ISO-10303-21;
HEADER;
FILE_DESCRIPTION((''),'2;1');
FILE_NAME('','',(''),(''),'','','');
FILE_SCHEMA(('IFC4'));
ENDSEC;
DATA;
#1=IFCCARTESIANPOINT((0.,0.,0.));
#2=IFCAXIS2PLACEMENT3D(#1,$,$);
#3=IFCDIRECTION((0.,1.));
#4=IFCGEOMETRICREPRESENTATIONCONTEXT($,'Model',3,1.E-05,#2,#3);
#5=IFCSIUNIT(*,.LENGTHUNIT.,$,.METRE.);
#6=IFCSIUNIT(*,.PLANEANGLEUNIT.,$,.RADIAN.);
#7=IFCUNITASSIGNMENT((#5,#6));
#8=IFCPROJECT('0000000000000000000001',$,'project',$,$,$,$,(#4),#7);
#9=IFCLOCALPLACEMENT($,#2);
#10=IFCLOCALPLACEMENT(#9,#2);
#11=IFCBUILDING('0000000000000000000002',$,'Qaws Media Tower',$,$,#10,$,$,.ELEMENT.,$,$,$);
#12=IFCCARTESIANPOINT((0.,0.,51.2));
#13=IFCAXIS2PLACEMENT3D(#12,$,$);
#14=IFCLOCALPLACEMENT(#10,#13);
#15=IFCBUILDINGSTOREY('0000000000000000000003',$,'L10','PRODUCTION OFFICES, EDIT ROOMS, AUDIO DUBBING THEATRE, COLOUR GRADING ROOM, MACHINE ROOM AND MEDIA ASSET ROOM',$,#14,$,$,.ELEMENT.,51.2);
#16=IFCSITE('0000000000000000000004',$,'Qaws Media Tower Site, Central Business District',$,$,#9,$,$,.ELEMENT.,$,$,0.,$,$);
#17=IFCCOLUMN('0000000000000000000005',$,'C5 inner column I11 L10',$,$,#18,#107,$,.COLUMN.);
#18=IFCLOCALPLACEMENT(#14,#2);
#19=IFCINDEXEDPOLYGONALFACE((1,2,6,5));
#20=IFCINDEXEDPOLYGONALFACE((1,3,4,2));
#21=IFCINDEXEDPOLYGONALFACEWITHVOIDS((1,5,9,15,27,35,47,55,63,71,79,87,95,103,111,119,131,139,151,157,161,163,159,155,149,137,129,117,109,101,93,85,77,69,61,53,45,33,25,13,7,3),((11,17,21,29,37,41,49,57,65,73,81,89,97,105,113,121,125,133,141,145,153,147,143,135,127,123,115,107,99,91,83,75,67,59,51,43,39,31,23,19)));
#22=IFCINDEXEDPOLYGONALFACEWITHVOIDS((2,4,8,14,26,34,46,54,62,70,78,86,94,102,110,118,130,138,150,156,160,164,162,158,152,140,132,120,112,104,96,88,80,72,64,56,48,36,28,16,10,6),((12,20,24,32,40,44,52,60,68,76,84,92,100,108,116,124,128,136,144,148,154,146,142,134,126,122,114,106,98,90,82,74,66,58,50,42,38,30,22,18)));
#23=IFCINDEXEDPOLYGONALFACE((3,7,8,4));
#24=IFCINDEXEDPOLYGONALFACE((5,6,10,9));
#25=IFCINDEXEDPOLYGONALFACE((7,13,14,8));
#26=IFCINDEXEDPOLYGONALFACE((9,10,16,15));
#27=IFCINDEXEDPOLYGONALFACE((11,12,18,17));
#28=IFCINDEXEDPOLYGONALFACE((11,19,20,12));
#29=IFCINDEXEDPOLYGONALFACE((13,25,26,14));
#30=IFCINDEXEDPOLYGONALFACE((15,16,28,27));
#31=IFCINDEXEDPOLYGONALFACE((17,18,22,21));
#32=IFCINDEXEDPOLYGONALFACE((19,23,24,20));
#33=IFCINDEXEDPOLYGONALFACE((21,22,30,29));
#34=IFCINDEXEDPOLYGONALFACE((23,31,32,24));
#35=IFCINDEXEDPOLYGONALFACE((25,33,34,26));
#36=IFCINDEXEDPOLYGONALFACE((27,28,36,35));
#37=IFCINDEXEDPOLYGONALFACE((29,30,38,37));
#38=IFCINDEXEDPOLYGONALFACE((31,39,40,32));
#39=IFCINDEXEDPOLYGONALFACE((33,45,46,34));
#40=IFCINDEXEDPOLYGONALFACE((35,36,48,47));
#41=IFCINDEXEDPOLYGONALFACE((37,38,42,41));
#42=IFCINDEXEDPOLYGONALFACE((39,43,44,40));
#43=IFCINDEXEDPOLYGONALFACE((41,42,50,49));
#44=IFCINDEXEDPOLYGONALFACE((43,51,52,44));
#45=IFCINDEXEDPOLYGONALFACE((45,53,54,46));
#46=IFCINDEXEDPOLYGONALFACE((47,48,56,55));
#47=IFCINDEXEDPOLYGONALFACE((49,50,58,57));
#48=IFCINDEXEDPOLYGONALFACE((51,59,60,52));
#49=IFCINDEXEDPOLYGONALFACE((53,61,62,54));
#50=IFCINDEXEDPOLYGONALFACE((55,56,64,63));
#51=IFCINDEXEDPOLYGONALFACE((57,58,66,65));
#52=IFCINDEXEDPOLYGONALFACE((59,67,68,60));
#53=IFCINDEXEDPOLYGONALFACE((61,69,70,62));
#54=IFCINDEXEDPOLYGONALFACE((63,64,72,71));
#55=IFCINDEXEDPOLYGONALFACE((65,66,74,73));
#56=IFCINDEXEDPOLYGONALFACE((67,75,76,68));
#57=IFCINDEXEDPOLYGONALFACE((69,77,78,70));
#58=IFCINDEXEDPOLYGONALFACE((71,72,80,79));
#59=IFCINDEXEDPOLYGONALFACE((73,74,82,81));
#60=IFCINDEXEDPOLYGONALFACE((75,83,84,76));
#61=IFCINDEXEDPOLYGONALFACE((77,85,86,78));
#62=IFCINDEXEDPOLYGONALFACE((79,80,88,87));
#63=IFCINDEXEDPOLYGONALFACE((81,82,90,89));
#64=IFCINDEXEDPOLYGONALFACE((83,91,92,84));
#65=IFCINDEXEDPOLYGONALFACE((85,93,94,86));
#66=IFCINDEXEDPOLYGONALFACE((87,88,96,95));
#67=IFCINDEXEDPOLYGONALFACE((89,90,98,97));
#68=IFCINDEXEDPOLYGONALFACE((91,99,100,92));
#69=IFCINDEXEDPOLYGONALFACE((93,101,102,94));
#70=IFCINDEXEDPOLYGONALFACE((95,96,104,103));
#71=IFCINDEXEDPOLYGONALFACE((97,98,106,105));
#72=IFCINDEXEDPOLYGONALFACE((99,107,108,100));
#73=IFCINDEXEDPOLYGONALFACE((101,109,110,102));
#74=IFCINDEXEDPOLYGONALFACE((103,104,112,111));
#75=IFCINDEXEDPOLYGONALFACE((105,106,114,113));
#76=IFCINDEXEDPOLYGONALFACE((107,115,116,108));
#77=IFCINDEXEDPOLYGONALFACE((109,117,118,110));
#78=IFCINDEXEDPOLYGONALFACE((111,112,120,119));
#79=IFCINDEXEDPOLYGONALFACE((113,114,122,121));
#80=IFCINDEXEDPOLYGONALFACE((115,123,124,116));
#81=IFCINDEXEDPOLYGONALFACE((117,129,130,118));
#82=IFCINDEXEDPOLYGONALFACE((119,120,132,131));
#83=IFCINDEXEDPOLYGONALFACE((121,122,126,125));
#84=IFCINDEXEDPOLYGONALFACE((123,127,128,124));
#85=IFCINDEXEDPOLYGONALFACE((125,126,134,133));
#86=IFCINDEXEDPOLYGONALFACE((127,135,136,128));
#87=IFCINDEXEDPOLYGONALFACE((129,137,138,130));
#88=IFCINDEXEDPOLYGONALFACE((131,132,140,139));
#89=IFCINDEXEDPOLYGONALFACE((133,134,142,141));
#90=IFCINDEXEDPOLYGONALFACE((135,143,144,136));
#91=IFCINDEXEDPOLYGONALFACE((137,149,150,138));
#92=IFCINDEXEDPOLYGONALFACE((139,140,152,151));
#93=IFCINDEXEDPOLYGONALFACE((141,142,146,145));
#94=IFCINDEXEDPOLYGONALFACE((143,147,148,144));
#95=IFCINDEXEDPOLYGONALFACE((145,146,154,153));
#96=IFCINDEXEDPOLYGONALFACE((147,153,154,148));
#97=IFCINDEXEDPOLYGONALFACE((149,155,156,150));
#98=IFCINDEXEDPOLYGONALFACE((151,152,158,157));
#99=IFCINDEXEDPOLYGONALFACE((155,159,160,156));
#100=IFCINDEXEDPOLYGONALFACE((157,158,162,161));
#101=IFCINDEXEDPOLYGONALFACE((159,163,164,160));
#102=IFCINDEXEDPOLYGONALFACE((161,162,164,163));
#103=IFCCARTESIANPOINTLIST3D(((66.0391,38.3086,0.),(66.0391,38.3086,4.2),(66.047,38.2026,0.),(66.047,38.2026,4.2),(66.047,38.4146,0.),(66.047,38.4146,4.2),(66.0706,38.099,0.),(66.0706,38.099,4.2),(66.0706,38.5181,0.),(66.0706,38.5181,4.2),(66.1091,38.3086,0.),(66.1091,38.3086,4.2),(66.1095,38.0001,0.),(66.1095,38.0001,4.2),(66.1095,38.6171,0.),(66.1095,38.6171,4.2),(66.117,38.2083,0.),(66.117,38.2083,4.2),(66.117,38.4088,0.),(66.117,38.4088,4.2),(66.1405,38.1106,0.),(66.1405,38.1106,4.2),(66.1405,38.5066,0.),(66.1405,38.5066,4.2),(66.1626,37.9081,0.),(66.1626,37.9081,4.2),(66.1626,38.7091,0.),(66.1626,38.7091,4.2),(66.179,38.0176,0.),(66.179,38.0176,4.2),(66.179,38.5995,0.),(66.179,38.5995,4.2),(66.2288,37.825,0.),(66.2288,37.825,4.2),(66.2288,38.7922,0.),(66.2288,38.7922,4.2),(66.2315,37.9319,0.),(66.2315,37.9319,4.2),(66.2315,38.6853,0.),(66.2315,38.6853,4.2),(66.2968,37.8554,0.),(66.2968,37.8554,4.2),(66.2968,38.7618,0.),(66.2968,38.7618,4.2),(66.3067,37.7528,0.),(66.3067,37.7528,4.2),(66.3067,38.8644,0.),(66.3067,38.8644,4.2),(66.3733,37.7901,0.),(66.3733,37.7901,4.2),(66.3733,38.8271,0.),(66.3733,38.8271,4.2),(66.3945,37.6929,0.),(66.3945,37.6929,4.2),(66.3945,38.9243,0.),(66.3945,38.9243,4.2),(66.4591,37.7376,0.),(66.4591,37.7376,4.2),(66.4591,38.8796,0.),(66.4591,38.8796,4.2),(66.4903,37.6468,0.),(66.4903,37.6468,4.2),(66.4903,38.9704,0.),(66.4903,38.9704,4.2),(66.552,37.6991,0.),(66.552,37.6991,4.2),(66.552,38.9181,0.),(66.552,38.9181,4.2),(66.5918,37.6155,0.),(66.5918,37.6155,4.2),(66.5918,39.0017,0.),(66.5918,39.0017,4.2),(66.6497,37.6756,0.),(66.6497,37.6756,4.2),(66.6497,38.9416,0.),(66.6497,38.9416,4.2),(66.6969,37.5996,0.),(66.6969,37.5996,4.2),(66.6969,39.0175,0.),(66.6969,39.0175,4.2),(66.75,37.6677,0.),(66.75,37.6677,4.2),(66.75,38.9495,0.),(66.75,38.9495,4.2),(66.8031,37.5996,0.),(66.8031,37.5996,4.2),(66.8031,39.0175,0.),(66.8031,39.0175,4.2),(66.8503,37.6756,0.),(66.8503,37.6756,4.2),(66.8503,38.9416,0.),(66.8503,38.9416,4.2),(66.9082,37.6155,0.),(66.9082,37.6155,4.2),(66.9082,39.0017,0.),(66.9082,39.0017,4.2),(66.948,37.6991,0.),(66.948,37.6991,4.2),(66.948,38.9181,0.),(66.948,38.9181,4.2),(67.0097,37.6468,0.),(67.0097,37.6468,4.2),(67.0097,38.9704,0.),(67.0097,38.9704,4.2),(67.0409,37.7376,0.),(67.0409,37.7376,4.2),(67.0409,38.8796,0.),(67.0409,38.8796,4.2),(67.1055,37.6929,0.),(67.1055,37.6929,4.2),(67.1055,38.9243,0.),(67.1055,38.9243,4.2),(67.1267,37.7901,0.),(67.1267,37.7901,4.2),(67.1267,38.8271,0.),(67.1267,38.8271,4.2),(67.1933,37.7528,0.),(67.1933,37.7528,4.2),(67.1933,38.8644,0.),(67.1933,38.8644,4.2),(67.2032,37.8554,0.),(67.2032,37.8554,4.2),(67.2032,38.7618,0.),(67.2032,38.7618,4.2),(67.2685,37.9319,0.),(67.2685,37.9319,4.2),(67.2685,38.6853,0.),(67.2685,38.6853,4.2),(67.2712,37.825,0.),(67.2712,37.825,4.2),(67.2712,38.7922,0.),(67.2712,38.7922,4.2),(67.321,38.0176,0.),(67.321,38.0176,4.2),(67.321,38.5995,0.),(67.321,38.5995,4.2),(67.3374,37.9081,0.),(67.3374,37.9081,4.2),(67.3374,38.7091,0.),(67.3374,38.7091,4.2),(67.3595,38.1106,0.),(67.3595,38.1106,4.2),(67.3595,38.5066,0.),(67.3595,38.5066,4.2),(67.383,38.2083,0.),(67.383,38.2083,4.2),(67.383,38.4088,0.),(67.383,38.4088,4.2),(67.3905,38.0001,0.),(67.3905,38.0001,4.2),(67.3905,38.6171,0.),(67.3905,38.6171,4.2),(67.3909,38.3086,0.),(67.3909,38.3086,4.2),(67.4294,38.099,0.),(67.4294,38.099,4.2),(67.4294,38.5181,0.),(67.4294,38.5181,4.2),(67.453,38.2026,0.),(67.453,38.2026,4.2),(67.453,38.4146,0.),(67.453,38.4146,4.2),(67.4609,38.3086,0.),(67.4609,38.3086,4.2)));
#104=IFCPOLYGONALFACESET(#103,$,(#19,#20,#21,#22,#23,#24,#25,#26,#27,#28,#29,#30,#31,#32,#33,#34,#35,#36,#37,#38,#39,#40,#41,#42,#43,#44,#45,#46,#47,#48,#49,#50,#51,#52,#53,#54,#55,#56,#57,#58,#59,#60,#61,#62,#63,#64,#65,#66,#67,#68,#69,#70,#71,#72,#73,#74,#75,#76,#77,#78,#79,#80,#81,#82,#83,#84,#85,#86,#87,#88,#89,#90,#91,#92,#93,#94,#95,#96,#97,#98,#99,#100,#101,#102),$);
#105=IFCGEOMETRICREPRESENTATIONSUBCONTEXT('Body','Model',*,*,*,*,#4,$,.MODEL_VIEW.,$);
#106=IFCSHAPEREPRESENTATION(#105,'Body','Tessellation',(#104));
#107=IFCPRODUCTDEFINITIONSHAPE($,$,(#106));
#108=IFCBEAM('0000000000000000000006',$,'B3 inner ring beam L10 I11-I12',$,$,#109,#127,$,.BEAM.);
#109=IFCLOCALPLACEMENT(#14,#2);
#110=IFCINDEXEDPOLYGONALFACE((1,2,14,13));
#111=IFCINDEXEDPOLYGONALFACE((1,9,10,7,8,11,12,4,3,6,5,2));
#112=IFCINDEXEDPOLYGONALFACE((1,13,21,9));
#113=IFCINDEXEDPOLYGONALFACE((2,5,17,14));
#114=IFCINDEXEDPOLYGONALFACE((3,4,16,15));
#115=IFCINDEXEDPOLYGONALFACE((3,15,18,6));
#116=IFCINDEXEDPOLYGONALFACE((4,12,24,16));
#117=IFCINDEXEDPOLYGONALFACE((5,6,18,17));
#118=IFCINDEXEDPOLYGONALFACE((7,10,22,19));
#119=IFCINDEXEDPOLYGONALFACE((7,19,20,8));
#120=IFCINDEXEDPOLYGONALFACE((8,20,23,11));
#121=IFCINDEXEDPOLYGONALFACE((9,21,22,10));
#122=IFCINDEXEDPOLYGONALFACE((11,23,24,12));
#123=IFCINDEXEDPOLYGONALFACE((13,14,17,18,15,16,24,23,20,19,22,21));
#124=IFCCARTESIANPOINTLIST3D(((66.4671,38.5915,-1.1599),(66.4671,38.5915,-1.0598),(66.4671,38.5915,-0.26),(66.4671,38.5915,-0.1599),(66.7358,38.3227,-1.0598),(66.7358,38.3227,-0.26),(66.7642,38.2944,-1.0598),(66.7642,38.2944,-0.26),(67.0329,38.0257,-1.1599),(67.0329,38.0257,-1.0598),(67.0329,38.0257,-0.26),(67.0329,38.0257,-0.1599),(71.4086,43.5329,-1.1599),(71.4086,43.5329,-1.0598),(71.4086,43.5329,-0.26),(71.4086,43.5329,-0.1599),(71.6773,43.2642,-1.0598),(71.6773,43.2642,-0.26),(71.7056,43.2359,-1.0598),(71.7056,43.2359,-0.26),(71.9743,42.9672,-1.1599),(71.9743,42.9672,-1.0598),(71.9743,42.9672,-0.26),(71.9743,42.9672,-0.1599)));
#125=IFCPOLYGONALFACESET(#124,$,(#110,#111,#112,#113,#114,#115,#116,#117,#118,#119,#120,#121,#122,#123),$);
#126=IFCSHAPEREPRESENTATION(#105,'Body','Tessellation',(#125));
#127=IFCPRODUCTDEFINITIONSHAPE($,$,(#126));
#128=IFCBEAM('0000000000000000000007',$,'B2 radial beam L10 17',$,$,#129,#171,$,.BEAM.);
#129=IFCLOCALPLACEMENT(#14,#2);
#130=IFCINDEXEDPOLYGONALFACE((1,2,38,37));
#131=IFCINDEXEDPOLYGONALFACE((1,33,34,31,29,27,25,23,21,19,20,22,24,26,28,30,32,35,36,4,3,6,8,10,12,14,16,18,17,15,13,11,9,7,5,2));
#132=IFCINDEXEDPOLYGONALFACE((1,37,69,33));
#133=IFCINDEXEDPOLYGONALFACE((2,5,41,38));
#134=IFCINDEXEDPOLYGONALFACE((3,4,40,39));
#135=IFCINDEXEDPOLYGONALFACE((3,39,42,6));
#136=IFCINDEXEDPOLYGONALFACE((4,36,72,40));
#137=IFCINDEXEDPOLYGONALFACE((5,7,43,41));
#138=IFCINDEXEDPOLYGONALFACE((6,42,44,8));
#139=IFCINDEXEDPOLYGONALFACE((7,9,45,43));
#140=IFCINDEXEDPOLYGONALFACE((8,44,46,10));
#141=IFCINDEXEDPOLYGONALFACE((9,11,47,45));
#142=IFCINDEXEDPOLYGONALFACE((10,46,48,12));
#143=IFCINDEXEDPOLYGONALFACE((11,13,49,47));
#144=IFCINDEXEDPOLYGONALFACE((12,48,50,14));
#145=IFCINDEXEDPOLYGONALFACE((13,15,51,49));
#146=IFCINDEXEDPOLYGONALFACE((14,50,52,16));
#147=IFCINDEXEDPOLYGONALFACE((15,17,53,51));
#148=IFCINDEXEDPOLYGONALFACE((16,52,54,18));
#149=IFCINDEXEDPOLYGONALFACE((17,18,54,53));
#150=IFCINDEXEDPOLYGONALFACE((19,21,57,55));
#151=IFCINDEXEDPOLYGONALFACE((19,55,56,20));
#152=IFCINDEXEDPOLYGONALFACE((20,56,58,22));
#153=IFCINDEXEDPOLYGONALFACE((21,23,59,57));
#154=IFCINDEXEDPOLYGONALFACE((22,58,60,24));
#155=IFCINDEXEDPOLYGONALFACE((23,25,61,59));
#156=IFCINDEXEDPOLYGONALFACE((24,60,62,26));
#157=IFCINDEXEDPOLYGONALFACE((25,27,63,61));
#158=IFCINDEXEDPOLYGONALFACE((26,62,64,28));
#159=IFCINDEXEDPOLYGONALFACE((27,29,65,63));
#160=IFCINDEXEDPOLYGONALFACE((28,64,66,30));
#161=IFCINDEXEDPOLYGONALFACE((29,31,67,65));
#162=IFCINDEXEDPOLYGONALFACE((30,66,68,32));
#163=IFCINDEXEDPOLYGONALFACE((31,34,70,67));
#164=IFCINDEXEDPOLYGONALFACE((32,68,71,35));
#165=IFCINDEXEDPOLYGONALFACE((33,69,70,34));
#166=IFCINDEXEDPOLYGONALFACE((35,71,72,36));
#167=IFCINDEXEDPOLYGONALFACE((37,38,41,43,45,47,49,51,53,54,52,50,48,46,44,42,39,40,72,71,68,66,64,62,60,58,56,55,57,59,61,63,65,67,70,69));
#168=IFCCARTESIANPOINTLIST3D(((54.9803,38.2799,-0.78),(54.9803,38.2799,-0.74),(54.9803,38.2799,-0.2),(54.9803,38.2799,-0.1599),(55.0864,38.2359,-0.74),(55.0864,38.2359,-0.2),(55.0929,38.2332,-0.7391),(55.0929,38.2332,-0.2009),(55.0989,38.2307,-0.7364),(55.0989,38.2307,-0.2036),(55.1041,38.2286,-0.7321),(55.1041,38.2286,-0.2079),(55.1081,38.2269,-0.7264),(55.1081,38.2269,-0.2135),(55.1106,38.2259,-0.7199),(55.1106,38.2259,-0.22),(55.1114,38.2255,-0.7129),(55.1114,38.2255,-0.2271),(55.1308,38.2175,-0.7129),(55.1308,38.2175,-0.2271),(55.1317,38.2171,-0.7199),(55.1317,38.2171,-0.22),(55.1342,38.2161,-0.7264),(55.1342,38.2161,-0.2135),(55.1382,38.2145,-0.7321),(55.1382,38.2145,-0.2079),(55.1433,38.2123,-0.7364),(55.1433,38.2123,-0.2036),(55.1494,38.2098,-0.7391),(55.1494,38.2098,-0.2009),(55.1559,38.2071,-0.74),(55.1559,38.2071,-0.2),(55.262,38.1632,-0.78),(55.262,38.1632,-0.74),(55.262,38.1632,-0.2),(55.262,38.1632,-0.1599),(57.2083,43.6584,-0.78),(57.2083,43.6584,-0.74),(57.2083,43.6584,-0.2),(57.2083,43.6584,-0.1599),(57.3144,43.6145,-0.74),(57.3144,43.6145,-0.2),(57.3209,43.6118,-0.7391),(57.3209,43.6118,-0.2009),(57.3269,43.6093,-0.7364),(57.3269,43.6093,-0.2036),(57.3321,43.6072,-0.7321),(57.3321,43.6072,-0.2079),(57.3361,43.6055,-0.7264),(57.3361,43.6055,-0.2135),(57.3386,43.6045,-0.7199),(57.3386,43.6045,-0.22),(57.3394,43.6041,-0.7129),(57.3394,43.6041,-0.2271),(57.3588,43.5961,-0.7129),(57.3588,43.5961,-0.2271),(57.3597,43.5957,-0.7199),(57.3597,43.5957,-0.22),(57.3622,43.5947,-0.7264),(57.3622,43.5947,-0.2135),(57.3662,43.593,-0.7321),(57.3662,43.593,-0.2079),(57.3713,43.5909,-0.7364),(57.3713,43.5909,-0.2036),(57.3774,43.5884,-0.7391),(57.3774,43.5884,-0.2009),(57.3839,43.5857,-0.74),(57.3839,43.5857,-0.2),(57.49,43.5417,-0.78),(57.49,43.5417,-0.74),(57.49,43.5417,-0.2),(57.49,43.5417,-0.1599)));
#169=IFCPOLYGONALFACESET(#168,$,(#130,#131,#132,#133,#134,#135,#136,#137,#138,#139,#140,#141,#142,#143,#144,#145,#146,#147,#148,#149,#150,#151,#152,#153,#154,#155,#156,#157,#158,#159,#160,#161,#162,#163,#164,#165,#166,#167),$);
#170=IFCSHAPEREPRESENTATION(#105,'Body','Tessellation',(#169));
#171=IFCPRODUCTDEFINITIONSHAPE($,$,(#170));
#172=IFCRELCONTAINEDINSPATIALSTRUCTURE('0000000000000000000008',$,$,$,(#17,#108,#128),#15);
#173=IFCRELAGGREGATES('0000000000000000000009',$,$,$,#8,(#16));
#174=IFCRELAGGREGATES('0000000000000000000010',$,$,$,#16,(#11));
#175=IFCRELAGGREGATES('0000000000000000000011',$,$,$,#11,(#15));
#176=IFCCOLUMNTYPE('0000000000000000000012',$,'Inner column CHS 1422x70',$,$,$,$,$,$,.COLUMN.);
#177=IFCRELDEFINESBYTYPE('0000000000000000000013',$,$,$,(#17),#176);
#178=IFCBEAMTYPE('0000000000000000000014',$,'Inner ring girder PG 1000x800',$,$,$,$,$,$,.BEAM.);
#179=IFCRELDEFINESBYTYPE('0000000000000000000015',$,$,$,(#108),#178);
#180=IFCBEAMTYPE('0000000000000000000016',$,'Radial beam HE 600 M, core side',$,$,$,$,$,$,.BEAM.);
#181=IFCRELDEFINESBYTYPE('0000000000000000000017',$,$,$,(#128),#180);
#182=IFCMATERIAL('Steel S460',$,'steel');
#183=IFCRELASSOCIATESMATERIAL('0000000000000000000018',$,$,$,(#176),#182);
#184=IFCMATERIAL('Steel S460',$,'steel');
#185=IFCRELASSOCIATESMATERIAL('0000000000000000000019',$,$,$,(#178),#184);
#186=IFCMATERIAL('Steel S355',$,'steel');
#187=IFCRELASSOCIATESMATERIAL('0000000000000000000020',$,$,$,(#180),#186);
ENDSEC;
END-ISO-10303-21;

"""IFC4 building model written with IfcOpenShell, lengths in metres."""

from ifc_helpers import new_model, si_unit, direction, frame, origin, origin_2d, place, context, subcontext, project, spatial, hollow_circle, i_section, extrude, material, material_profile, profile_set, type_object, element, save


model = new_model("IFC4")

# Units and contexts
model_context = context("Model", 3, precision=1e-05, world=origin(), true_north=direction((0.0, 1.0)))
body_context = subcontext(model_context, "Body", "Model", "MODEL_VIEW")
ifc_project = project(units=[si_unit("LENGTHUNIT", "METRE"), si_unit("PLANEANGLEUNIT", "RADIAN")], contexts=[model_context])

# Site, building, storey
site_placement = place(None, origin())
site = spatial("IfcSite", under=ifc_project, at=site_placement, Name="Qaws Media Tower Site, Central Business District", CompositionType="ELEMENT", RefElevation=0.0)
building_placement = place(site_placement, origin())
building = spatial("IfcBuilding", under=site, at=building_placement, Name="Qaws Media Tower", CompositionType="ELEMENT")
storey_placement = place(building_placement, frame((0.0, 0.0, 51.2)))
storey = spatial("IfcBuildingStorey", under=building, at=storey_placement, Name="L10", Description="PRODUCTION OFFICES, EDIT ROOMS, AUDIO DUBBING THEATRE, COLOUR GRADING ROOM, MACHINE ROOM AND MEDIA ASSET ROOM", CompositionType="ELEMENT", Elevation=51.2)

# Column
ifc_material_1 = material(Name="Steel S460", Category="steel")
ifc_material_profile_1 = material_profile(ifc_material_1, hollow_circle(Radius=0.7109, WallThickness=0.0701, at=origin_2d()), Name="CHS 1422x70")
ifc_profile_set_1 = profile_set([ifc_material_profile_1], Name="Steel S460")
column_type = type_object("IfcColumnType", Name="Inner column CHS 1422x70", PredefinedType="COLUMN", material=ifc_profile_set_1)
column_placement = place(storey_placement, frame((66.75, 38.3086, 0.0), z_axis=(0.0, 0.0, 1.0), x_axis=(1.0, 0.0, 0.0)))
element("IfcColumn", 1, at=column_placement, inside=storey, type_object=column_type, Name="C5 inner column I11 L10", PredefinedType="COLUMN", context=body_context, shape_type="SweptSolid", body=[
    extrude(hollow_circle(Radius=0.7109, WallThickness=0.0701, at=origin_2d()), origin(), (0.0, 0.0, 1.0), 4.2),
])

# Beams
ifc_material_2 = material(Name="Steel S460", Category="steel")
ifc_material_profile_2 = material_profile(ifc_material_2, i_section(OverallWidth=0.8, OverallDepth=1.0, WebThickness=0.04, FlangeThickness=0.1001, at=origin_2d()), Name="PG 1000x800")
ifc_profile_set_2 = profile_set([ifc_material_profile_2], Name="Steel S460")
beam_type_1 = type_object("IfcBeamType", Name="Inner ring girder PG 1000x800", PredefinedType="BEAM", material=ifc_profile_set_2)
beam_1_placement = place(storey_placement, frame((66.75, 38.3086, -0.6599), z_axis=(0.707107, 0.707107, 0.0), x_axis=(-0.707107, 0.707107, 0.0)))
element("IfcBeam", 2, at=beam_1_placement, inside=storey, type_object=beam_type_1, Name="B3 inner ring beam L10 I11-I12", PredefinedType="BEAM", context=body_context, shape_type="SweptSolid", body=[
    extrude(i_section(OverallWidth=0.8, OverallDepth=1.0, WebThickness=0.04, FlangeThickness=0.1001, at=origin_2d()), origin(), (0.0, 0.0, 1.0), 6.9883),
])
ifc_material_3 = material(Name="Steel S355", Category="steel")
ifc_material_profile_3 = material_profile(ifc_material_3, i_section(OverallWidth=0.3049, OverallDepth=0.6201, WebThickness=0.021, FlangeThickness=0.04, FilletRadius=0.0271, at=origin_2d()), Name="HE 600 M")
ifc_profile_set_3 = profile_set([ifc_material_profile_3], Name="Steel S355")
beam_type_2 = type_object("IfcBeamType", Name="Radial beam HE 600 M, core side", PredefinedType="BEAM", material=ifc_profile_set_3)
beam_2_placement = place(storey_placement, frame((57.3491, 43.6001, -0.47), z_axis=(-0.3827, -0.923873, 0.0), x_axis=(0.923873, -0.3827, 0.0)))
element("IfcBeam", 3, at=beam_2_placement, inside=storey, type_object=beam_type_2, Name="B2 radial beam L10 17", PredefinedType="BEAM", context=body_context, shape_type="SweptSolid", body=[
    extrude(i_section(OverallWidth=0.3049, OverallDepth=0.6201, WebThickness=0.021, FlangeThickness=0.04, FilletRadius=0.0271, at=origin_2d()), origin(), (0.0, 0.0, 1.0), 5.8218),
])

save(model, "model.ifc")
